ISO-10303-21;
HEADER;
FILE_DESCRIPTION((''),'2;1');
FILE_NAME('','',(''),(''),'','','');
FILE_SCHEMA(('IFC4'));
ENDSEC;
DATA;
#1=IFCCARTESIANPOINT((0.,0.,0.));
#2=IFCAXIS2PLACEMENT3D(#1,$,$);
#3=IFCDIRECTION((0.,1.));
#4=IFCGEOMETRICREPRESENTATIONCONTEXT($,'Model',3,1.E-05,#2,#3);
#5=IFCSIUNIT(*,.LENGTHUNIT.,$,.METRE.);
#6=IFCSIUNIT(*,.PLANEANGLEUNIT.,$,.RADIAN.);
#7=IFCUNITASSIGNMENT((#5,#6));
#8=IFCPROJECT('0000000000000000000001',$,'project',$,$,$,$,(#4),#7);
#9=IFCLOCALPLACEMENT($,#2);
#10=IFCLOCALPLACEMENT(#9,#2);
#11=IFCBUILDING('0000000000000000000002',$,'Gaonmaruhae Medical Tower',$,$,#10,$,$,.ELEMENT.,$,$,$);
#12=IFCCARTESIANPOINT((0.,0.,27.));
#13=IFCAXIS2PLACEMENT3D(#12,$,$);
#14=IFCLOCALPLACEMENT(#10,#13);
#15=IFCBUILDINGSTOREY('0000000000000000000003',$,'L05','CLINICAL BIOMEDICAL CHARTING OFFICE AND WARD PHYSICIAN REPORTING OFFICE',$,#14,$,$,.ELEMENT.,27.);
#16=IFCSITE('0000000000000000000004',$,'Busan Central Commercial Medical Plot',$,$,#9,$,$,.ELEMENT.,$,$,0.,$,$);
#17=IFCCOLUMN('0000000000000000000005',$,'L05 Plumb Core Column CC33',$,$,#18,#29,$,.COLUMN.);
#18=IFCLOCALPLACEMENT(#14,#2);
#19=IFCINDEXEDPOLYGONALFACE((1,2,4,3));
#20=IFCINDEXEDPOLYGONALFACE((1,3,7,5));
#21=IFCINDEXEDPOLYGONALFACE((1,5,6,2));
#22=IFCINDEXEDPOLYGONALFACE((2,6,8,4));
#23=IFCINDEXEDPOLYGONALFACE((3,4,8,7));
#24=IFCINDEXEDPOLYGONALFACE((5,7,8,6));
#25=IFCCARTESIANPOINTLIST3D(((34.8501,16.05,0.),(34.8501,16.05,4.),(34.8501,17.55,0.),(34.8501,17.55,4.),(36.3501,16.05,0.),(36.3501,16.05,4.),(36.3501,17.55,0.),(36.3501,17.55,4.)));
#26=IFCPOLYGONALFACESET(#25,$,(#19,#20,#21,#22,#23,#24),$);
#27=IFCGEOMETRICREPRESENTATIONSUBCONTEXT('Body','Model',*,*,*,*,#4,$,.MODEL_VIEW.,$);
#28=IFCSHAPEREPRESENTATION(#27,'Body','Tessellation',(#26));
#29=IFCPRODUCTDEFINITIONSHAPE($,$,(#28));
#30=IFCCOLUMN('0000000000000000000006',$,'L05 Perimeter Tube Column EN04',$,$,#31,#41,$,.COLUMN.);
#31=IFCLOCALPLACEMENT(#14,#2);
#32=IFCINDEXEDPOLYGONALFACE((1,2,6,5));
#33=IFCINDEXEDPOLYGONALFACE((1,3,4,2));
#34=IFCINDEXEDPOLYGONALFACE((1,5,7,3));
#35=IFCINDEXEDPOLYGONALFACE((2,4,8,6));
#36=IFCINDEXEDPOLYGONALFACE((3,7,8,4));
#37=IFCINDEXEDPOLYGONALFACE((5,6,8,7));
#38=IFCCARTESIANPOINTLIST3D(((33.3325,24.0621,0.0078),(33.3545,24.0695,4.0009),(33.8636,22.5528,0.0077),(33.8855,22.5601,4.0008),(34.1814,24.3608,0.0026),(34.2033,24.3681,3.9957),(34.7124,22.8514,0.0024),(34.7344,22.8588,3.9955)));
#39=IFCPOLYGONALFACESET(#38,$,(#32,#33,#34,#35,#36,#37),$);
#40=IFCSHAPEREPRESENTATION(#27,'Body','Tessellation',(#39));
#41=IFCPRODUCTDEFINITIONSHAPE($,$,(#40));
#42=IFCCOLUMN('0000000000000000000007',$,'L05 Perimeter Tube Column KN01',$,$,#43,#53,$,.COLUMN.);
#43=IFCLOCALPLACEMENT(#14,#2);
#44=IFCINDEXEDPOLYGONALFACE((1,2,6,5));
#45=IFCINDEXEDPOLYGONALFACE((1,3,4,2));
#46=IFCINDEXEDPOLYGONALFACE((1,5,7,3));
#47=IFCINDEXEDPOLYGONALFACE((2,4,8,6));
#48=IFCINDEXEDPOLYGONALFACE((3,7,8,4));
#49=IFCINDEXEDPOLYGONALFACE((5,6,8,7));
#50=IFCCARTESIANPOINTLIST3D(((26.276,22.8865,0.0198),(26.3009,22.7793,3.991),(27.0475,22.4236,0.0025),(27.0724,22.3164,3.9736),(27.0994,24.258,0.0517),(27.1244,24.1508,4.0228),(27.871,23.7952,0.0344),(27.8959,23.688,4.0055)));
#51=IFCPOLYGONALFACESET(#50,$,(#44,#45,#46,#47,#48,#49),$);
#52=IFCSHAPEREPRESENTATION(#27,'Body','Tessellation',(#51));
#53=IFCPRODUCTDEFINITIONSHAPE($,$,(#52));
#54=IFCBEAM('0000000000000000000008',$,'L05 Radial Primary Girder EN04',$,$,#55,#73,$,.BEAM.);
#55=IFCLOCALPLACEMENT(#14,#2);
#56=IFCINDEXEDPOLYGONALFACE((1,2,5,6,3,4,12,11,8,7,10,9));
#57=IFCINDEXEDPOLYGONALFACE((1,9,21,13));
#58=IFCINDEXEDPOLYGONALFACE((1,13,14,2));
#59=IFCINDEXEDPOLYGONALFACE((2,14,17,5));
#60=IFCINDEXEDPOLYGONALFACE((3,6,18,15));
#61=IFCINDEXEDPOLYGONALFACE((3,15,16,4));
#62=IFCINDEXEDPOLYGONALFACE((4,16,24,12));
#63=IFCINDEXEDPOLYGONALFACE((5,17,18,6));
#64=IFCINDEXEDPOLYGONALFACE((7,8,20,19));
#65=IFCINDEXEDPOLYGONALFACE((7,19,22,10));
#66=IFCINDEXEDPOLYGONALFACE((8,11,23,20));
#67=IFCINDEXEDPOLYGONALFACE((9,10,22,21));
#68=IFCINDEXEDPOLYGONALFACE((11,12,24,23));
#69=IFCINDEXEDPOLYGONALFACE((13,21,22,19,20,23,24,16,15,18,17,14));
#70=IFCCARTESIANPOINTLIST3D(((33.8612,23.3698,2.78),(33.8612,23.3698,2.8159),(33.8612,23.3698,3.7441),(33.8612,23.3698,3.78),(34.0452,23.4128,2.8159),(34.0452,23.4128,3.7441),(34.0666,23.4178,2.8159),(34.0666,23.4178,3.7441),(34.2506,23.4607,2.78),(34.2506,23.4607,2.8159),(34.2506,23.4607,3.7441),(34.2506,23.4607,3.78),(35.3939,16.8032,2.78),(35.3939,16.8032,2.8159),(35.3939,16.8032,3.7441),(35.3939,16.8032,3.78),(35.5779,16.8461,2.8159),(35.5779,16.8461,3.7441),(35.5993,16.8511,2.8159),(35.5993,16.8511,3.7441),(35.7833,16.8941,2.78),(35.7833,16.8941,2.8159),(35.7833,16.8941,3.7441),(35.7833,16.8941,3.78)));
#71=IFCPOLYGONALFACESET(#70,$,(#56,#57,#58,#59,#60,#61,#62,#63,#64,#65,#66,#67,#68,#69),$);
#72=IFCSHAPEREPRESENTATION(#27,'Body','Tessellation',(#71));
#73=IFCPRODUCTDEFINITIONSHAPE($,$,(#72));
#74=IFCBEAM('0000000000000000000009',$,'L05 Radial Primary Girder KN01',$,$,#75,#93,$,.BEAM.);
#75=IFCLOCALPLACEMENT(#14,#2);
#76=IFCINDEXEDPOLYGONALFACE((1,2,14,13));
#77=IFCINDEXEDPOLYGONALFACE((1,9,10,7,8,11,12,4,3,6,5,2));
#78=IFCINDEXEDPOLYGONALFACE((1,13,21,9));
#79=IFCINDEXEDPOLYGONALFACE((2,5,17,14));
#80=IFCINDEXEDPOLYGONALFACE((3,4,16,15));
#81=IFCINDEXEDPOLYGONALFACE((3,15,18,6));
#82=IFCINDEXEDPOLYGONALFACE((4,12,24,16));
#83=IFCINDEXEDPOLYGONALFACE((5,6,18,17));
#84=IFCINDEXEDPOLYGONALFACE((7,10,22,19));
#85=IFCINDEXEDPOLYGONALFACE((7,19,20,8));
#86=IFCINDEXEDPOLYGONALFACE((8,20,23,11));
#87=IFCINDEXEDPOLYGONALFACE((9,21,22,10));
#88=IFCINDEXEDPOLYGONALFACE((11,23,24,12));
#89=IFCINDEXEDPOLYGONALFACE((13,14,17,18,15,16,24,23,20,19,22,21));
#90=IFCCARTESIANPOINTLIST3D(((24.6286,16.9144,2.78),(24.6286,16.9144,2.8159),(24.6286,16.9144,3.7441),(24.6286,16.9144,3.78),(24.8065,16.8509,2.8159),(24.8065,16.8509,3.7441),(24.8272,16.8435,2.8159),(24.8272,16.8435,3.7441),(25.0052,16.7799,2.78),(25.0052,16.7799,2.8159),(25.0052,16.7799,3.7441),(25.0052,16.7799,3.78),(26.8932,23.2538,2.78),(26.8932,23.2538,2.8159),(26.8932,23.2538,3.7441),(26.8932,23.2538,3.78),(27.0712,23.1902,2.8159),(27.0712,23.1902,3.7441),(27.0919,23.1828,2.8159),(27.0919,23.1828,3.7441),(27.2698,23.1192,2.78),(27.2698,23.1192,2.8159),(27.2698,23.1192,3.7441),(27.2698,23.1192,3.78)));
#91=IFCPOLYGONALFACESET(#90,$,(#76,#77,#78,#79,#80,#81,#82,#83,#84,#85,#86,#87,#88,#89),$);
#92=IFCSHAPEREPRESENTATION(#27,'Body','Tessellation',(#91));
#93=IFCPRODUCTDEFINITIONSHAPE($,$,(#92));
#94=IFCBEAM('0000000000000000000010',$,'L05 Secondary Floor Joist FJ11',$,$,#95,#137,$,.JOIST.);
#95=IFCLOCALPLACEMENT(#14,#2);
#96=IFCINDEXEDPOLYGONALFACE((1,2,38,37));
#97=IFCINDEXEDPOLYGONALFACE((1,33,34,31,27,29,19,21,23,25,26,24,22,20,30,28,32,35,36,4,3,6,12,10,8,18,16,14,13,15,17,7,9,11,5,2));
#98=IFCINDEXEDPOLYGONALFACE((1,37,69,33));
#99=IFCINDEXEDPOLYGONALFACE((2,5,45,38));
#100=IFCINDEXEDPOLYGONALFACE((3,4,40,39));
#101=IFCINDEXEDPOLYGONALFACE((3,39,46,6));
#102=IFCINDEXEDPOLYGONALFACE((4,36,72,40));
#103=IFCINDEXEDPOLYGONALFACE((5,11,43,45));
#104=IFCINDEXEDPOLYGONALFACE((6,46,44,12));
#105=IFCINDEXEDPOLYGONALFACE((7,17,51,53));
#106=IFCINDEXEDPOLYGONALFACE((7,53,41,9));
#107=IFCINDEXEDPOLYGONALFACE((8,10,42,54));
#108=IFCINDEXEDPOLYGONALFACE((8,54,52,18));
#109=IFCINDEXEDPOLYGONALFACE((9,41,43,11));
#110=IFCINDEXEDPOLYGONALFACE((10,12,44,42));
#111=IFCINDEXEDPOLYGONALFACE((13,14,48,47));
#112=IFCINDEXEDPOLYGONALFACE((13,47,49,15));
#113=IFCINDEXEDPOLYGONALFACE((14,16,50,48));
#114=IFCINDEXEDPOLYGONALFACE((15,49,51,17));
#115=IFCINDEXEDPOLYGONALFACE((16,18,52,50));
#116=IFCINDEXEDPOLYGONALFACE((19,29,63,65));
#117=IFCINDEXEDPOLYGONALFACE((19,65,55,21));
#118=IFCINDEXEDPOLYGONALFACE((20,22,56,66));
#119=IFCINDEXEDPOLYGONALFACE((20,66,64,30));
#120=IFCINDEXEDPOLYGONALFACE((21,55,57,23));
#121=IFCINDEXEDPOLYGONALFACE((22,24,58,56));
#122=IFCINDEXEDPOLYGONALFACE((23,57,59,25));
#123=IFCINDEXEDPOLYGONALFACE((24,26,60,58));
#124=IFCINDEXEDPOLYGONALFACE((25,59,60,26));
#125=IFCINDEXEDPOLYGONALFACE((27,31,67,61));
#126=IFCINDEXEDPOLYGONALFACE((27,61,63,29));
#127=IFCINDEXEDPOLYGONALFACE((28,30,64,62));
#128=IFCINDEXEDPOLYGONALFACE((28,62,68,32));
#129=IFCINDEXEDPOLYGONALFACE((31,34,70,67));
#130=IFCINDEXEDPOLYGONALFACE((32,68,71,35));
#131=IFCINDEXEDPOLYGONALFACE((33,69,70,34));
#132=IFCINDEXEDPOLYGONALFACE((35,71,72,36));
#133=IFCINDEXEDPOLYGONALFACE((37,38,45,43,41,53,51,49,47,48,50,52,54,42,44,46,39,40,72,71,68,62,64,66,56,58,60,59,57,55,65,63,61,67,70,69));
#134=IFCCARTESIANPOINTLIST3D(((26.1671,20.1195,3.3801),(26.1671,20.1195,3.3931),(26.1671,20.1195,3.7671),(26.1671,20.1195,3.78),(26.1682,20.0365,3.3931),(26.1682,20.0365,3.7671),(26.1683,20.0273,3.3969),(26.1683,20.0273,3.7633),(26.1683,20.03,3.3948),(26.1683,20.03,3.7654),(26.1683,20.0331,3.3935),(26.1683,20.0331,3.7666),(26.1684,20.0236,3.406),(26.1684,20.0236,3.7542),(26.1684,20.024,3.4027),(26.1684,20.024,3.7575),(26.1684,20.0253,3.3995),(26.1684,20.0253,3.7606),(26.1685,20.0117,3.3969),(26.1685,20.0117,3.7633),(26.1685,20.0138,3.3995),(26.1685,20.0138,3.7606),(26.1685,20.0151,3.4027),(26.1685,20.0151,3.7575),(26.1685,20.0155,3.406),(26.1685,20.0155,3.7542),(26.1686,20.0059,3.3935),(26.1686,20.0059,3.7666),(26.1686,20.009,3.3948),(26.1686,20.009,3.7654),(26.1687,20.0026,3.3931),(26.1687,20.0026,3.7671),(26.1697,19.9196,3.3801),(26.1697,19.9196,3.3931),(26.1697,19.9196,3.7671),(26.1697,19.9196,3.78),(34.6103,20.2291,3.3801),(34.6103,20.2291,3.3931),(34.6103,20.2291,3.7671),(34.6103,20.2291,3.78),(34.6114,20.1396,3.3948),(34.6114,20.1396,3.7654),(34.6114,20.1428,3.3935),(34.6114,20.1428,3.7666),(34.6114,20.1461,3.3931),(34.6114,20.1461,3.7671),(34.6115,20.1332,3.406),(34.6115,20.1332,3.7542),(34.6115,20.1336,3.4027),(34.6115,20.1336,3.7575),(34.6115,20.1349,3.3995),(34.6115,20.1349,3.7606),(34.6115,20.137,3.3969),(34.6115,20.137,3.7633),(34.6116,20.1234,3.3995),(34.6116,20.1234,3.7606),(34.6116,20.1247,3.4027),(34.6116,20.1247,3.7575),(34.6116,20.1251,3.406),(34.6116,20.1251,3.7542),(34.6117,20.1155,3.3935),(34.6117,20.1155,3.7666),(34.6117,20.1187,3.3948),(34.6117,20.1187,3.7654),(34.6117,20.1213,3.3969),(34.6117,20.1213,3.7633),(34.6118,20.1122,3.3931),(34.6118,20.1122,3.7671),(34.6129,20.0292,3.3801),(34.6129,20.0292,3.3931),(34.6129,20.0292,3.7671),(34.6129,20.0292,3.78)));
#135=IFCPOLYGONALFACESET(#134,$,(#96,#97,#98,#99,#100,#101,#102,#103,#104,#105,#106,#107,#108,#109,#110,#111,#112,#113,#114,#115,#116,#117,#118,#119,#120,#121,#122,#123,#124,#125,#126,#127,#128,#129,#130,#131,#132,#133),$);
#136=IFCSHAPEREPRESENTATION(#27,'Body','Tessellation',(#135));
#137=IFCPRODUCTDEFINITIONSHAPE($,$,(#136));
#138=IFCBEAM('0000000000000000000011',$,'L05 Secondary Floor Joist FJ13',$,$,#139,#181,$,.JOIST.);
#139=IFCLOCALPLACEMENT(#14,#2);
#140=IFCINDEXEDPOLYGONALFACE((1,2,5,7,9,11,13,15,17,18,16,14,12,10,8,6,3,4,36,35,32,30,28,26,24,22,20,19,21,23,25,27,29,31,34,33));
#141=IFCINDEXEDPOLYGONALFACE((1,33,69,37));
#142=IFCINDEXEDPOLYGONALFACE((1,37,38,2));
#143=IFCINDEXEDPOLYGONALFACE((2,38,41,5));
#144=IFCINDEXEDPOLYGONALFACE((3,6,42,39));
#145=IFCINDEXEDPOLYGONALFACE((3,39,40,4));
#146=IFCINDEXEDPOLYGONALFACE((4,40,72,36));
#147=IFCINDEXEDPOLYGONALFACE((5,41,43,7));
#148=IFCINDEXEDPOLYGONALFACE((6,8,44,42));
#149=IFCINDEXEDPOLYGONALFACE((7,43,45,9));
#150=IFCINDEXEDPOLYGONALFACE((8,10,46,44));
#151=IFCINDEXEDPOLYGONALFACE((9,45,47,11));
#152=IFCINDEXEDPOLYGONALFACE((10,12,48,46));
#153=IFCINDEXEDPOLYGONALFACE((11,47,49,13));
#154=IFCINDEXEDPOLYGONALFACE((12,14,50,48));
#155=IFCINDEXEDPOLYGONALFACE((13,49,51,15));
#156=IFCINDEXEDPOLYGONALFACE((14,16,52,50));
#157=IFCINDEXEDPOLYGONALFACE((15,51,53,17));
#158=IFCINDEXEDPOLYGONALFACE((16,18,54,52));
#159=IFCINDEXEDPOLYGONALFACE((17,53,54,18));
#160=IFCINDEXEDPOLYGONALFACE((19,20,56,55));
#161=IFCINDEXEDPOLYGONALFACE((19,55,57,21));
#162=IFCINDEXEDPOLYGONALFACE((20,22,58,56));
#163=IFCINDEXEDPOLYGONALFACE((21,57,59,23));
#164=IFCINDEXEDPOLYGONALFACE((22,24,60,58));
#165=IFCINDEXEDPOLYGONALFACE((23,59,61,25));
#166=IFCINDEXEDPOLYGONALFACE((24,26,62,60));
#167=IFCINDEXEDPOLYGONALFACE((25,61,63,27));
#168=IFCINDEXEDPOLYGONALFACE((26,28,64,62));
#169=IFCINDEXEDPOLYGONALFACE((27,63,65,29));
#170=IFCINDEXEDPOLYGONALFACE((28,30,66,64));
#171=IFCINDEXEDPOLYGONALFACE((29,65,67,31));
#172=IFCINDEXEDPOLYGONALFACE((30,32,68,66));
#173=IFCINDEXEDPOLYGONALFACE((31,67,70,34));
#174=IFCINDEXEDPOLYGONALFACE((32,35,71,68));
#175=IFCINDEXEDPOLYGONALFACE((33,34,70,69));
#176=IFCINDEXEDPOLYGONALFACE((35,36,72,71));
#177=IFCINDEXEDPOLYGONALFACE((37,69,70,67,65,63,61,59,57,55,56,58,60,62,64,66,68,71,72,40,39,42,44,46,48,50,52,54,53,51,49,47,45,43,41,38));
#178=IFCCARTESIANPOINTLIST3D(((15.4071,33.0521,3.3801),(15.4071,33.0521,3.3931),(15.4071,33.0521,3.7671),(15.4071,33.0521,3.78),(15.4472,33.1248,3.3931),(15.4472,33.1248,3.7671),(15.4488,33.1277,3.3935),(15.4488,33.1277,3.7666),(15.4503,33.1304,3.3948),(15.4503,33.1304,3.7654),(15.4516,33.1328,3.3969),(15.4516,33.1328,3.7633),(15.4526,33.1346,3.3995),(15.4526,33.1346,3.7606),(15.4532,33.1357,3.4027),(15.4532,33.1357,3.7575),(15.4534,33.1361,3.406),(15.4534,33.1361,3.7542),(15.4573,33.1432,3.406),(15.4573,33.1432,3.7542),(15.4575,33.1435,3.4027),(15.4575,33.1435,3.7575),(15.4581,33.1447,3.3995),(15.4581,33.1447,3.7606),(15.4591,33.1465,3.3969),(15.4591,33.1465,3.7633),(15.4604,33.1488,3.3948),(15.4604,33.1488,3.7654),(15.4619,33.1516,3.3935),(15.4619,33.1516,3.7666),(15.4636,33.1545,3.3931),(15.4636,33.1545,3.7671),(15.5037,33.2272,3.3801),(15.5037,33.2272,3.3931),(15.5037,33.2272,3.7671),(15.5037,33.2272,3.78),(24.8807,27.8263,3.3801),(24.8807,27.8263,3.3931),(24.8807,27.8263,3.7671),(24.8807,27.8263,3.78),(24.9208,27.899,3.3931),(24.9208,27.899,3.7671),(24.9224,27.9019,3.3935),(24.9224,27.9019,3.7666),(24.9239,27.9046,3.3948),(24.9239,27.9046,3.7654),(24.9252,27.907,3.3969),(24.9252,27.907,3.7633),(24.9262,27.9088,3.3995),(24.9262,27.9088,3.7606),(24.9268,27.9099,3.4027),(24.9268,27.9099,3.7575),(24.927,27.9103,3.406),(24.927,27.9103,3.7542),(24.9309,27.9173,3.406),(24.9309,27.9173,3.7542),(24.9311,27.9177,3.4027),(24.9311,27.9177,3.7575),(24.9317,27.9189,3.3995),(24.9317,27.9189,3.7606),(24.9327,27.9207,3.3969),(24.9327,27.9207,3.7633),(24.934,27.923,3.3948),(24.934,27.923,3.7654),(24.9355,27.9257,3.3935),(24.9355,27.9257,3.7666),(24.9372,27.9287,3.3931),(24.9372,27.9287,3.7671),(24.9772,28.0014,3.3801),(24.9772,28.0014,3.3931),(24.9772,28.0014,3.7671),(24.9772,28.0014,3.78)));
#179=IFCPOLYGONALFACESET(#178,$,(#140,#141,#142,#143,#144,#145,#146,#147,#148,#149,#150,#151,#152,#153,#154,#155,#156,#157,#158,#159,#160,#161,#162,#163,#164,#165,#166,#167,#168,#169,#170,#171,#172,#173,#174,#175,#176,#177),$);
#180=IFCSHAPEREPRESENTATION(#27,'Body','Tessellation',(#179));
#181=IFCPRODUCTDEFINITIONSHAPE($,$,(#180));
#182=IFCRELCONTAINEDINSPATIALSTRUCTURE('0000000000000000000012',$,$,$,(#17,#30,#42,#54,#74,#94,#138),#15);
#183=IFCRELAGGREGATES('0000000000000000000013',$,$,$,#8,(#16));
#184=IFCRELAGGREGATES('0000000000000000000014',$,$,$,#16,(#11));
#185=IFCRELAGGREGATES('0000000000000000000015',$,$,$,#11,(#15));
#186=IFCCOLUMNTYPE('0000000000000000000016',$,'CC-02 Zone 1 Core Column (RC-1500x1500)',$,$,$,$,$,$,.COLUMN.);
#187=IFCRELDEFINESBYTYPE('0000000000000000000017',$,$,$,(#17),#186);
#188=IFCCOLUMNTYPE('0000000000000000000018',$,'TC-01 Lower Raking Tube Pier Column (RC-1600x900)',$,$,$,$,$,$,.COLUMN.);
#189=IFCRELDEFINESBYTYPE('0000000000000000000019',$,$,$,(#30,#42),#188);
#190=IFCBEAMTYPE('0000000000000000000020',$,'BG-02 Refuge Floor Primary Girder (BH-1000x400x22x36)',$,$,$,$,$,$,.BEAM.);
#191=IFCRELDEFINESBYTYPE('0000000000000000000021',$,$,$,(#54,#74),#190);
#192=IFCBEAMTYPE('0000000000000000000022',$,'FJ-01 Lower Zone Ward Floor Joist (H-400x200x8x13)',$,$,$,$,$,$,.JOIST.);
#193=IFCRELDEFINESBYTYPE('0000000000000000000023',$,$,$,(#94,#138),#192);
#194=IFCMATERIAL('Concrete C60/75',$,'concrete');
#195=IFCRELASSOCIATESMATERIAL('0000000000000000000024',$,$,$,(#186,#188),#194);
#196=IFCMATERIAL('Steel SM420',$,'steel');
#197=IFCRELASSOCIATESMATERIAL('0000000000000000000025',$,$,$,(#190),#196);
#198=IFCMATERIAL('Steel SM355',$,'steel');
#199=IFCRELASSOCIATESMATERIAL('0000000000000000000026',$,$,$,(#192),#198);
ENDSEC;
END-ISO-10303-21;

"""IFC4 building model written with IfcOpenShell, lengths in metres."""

from ifc_helpers import new_model, si_unit, direction, frame, origin, origin_2d, place, context, subcontext, project, spatial, rectangle, i_section, extrude, material, material_profile, profile_set, type_object, element, save


model = new_model("IFC4")

# Units and contexts
model_context = context("Model", 3, precision=1e-05, world=origin(), true_north=direction((0.0, 1.0)))
body_context = subcontext(model_context, "Body", "Model", "MODEL_VIEW")
ifc_project = project(units=[si_unit("LENGTHUNIT", "METRE"), si_unit("PLANEANGLEUNIT", "RADIAN")], contexts=[model_context])

# Site, building, storey
site_placement = place(None, origin())
site = spatial("IfcSite", under=ifc_project, at=site_placement, Name="Busan Central Commercial Medical Plot", CompositionType="ELEMENT", RefElevation=0.0)
building_placement = place(site_placement, origin())
building = spatial("IfcBuilding", under=site, at=building_placement, Name="Gaonmaruhae Medical Tower", CompositionType="ELEMENT")
storey_placement = place(building_placement, frame((0.0, 0.0, 27.0)))
storey = spatial("IfcBuildingStorey", under=building, at=storey_placement, Name="L05", Description="CLINICAL BIOMEDICAL CHARTING OFFICE AND WARD PHYSICIAN REPORTING OFFICE", CompositionType="ELEMENT", Elevation=27.0)

# Columns
ifc_material_1 = material(Name="Concrete C60/75", Category="concrete")
ifc_material_profile_1 = material_profile(ifc_material_1, rectangle(XDim=1.5, YDim=1.5, at=origin_2d()), Name="RC-1500x1500")
ifc_profile_set_1 = profile_set([ifc_material_profile_1], Name="Concrete C60/75")
column_type_1 = type_object("IfcColumnType", Name="CC-02 Zone 1 Core Column (RC-1500x1500)", PredefinedType="COLUMN", material=ifc_profile_set_1)
column_1_placement = place(storey_placement, frame((35.6001, 16.8, 0.0), z_axis=(0.0, 0.0, 1.0), x_axis=(1.0, 0.0, 0.0)))
element("IfcColumn", 1, at=column_1_placement, inside=storey, type_object=column_type_1, Name="L05 Plumb Core Column CC33", PredefinedType="COLUMN", context=body_context, shape_type="SweptSolid", body=[
    extrude(rectangle(XDim=1.5, YDim=1.5, at=origin_2d()), origin(), (0.0, 0.0, 1.0), 4.0),
])
ifc_material_profile_2 = material_profile(ifc_material_1, rectangle(XDim=1.6001, YDim=0.8999, at=origin_2d()), Name="RC-1600x900")
ifc_profile_set_2 = profile_set([ifc_material_profile_2], Name="Concrete C60/75")
column_type_2 = type_object("IfcColumnType", Name="TC-01 Lower Raking Tube Pier Column (RC-1600x900)", PredefinedType="COLUMN", material=ifc_profile_set_2)
column_2_placement = place(storey_placement, frame((34.0225, 23.4568, 0.0051), z_axis=(0.005502, 0.001834, 0.999983), x_axis=(-0.331913, 0.94331, 0.000096)))
element("IfcColumn", 2, at=column_2_placement, inside=storey, type_object=column_type_2, Name="L05 Perimeter Tube Column EN04", PredefinedType="COLUMN", context=body_context, shape_type="SweptSolid", body=[
    extrude(rectangle(XDim=1.6001, YDim=0.8999, at=origin_2d()), origin(), (0.0, 0.0, 1.0), 3.9932),
])
column_3_placement = place(storey_placement, frame((27.0735, 23.3408, 0.0271), z_axis=(0.006268, -0.026978, 0.999616), x_axis=(0.514646, 0.857172, 0.019907)))
element("IfcColumn", 3, at=column_3_placement, inside=storey, type_object=column_type_2, Name="L05 Perimeter Tube Column KN01", PredefinedType="COLUMN", context=body_context, shape_type="SweptSolid", body=[
    extrude(rectangle(XDim=1.6001, YDim=0.8999, at=origin_2d()), origin(), (0.0, 0.0, 1.0), 3.9727),
])

# Beams
ifc_material_2 = material(Name="Steel SM420", Category="steel")
ifc_material_profile_3 = material_profile(ifc_material_2, i_section(OverallWidth=0.3999, OverallDepth=1.0, WebThickness=0.022, FlangeThickness=0.0359, at=origin_2d()), Name="BH-1000x400x22x36")
ifc_profile_set_3 = profile_set([ifc_material_profile_3], Name="Steel SM420")
beam_type_1 = type_object("IfcBeamType", Name="BG-02 Refuge Floor Primary Girder (BH-1000x400x22x36)", PredefinedType="BEAM", material=ifc_profile_set_3)
beam_1_placement = place(storey_placement, frame((35.5886, 16.8486, 3.28), z_axis=(-0.227299, 0.973825, 0.0), x_axis=(-0.973825, -0.227299, 0.0)))
element("IfcBeam", 4, at=beam_1_placement, inside=storey, type_object=beam_type_1, Name="L05 Radial Primary Girder EN04", PredefinedType="BEAM", context=body_context, shape_type="SweptSolid", body=[
    extrude(i_section(OverallWidth=0.3999, OverallDepth=1.0, WebThickness=0.022, FlangeThickness=0.0359, at=origin_2d()), origin(), (0.0, 0.0, 1.0), 6.7432),
])
beam_2_placement = place(storey_placement, frame((24.8169, 16.8472, 3.28), z_axis=(0.336415, 0.941714, 0.0), x_axis=(-0.941714, 0.336415, 0.0)))
element("IfcBeam", 5, at=beam_2_placement, inside=storey, type_object=beam_type_1, Name="L05 Radial Primary Girder KN01", PredefinedType="BEAM", context=body_context, shape_type="SweptSolid", body=[
    extrude(i_section(OverallWidth=0.3999, OverallDepth=1.0, WebThickness=0.022, FlangeThickness=0.0359, at=origin_2d()), origin(), (0.0, 0.0, 1.0), 6.7317),
])
ifc_material_3 = material(Name="Steel SM355", Category="steel")
ifc_material_profile_4 = material_profile(ifc_material_3, i_section(OverallWidth=0.2, OverallDepth=0.3999, WebThickness=0.0081, FlangeThickness=0.0129, FilletRadius=0.0129, at=origin_2d()), Name="H-400x200x8x13")
ifc_profile_set_4 = profile_set([ifc_material_profile_4], Name="Steel SM355")
beam_type_2 = type_object("IfcBeamType", Name="FJ-01 Lower Zone Ward Floor Joist (H-400x200x8x13)", PredefinedType="JOIST", material=ifc_profile_set_4)
beam_3_placement = place(storey_placement, frame((34.6116, 20.1292, 3.5801), z_axis=(-0.999916, -0.012982, 0.0), x_axis=(0.012982, -0.999916, 0.0)))
element("IfcBeam", 6, at=beam_3_placement, inside=storey, type_object=beam_type_2, Name="L05 Secondary Floor Joist FJ11", PredefinedType="JOIST", context=body_context, shape_type="SweptSolid", body=[
    extrude(i_section(OverallWidth=0.2, OverallDepth=0.3999, WebThickness=0.0081, FlangeThickness=0.0129, FilletRadius=0.0129, at=origin_2d()), origin(), (0.0, 0.0, 1.0), 8.4438),
])
beam_4_placement = place(storey_placement, frame((24.929, 27.9138, 3.5801), z_axis=(-0.875617, 0.483006, 0.0), x_axis=(-0.483006, -0.875617, 0.0)))
element("IfcBeam", 7, at=beam_4_placement, inside=storey, type_object=beam_type_2, Name="L05 Secondary Floor Joist FJ13", PredefinedType="JOIST", context=body_context, shape_type="SweptSolid", body=[
    extrude(i_section(OverallWidth=0.2, OverallDepth=0.3999, WebThickness=0.0081, FlangeThickness=0.0129, FilletRadius=0.0129, at=origin_2d()), origin(), (0.0, 0.0, 1.0), 10.8193),
])

save(model, "model.ifc")
